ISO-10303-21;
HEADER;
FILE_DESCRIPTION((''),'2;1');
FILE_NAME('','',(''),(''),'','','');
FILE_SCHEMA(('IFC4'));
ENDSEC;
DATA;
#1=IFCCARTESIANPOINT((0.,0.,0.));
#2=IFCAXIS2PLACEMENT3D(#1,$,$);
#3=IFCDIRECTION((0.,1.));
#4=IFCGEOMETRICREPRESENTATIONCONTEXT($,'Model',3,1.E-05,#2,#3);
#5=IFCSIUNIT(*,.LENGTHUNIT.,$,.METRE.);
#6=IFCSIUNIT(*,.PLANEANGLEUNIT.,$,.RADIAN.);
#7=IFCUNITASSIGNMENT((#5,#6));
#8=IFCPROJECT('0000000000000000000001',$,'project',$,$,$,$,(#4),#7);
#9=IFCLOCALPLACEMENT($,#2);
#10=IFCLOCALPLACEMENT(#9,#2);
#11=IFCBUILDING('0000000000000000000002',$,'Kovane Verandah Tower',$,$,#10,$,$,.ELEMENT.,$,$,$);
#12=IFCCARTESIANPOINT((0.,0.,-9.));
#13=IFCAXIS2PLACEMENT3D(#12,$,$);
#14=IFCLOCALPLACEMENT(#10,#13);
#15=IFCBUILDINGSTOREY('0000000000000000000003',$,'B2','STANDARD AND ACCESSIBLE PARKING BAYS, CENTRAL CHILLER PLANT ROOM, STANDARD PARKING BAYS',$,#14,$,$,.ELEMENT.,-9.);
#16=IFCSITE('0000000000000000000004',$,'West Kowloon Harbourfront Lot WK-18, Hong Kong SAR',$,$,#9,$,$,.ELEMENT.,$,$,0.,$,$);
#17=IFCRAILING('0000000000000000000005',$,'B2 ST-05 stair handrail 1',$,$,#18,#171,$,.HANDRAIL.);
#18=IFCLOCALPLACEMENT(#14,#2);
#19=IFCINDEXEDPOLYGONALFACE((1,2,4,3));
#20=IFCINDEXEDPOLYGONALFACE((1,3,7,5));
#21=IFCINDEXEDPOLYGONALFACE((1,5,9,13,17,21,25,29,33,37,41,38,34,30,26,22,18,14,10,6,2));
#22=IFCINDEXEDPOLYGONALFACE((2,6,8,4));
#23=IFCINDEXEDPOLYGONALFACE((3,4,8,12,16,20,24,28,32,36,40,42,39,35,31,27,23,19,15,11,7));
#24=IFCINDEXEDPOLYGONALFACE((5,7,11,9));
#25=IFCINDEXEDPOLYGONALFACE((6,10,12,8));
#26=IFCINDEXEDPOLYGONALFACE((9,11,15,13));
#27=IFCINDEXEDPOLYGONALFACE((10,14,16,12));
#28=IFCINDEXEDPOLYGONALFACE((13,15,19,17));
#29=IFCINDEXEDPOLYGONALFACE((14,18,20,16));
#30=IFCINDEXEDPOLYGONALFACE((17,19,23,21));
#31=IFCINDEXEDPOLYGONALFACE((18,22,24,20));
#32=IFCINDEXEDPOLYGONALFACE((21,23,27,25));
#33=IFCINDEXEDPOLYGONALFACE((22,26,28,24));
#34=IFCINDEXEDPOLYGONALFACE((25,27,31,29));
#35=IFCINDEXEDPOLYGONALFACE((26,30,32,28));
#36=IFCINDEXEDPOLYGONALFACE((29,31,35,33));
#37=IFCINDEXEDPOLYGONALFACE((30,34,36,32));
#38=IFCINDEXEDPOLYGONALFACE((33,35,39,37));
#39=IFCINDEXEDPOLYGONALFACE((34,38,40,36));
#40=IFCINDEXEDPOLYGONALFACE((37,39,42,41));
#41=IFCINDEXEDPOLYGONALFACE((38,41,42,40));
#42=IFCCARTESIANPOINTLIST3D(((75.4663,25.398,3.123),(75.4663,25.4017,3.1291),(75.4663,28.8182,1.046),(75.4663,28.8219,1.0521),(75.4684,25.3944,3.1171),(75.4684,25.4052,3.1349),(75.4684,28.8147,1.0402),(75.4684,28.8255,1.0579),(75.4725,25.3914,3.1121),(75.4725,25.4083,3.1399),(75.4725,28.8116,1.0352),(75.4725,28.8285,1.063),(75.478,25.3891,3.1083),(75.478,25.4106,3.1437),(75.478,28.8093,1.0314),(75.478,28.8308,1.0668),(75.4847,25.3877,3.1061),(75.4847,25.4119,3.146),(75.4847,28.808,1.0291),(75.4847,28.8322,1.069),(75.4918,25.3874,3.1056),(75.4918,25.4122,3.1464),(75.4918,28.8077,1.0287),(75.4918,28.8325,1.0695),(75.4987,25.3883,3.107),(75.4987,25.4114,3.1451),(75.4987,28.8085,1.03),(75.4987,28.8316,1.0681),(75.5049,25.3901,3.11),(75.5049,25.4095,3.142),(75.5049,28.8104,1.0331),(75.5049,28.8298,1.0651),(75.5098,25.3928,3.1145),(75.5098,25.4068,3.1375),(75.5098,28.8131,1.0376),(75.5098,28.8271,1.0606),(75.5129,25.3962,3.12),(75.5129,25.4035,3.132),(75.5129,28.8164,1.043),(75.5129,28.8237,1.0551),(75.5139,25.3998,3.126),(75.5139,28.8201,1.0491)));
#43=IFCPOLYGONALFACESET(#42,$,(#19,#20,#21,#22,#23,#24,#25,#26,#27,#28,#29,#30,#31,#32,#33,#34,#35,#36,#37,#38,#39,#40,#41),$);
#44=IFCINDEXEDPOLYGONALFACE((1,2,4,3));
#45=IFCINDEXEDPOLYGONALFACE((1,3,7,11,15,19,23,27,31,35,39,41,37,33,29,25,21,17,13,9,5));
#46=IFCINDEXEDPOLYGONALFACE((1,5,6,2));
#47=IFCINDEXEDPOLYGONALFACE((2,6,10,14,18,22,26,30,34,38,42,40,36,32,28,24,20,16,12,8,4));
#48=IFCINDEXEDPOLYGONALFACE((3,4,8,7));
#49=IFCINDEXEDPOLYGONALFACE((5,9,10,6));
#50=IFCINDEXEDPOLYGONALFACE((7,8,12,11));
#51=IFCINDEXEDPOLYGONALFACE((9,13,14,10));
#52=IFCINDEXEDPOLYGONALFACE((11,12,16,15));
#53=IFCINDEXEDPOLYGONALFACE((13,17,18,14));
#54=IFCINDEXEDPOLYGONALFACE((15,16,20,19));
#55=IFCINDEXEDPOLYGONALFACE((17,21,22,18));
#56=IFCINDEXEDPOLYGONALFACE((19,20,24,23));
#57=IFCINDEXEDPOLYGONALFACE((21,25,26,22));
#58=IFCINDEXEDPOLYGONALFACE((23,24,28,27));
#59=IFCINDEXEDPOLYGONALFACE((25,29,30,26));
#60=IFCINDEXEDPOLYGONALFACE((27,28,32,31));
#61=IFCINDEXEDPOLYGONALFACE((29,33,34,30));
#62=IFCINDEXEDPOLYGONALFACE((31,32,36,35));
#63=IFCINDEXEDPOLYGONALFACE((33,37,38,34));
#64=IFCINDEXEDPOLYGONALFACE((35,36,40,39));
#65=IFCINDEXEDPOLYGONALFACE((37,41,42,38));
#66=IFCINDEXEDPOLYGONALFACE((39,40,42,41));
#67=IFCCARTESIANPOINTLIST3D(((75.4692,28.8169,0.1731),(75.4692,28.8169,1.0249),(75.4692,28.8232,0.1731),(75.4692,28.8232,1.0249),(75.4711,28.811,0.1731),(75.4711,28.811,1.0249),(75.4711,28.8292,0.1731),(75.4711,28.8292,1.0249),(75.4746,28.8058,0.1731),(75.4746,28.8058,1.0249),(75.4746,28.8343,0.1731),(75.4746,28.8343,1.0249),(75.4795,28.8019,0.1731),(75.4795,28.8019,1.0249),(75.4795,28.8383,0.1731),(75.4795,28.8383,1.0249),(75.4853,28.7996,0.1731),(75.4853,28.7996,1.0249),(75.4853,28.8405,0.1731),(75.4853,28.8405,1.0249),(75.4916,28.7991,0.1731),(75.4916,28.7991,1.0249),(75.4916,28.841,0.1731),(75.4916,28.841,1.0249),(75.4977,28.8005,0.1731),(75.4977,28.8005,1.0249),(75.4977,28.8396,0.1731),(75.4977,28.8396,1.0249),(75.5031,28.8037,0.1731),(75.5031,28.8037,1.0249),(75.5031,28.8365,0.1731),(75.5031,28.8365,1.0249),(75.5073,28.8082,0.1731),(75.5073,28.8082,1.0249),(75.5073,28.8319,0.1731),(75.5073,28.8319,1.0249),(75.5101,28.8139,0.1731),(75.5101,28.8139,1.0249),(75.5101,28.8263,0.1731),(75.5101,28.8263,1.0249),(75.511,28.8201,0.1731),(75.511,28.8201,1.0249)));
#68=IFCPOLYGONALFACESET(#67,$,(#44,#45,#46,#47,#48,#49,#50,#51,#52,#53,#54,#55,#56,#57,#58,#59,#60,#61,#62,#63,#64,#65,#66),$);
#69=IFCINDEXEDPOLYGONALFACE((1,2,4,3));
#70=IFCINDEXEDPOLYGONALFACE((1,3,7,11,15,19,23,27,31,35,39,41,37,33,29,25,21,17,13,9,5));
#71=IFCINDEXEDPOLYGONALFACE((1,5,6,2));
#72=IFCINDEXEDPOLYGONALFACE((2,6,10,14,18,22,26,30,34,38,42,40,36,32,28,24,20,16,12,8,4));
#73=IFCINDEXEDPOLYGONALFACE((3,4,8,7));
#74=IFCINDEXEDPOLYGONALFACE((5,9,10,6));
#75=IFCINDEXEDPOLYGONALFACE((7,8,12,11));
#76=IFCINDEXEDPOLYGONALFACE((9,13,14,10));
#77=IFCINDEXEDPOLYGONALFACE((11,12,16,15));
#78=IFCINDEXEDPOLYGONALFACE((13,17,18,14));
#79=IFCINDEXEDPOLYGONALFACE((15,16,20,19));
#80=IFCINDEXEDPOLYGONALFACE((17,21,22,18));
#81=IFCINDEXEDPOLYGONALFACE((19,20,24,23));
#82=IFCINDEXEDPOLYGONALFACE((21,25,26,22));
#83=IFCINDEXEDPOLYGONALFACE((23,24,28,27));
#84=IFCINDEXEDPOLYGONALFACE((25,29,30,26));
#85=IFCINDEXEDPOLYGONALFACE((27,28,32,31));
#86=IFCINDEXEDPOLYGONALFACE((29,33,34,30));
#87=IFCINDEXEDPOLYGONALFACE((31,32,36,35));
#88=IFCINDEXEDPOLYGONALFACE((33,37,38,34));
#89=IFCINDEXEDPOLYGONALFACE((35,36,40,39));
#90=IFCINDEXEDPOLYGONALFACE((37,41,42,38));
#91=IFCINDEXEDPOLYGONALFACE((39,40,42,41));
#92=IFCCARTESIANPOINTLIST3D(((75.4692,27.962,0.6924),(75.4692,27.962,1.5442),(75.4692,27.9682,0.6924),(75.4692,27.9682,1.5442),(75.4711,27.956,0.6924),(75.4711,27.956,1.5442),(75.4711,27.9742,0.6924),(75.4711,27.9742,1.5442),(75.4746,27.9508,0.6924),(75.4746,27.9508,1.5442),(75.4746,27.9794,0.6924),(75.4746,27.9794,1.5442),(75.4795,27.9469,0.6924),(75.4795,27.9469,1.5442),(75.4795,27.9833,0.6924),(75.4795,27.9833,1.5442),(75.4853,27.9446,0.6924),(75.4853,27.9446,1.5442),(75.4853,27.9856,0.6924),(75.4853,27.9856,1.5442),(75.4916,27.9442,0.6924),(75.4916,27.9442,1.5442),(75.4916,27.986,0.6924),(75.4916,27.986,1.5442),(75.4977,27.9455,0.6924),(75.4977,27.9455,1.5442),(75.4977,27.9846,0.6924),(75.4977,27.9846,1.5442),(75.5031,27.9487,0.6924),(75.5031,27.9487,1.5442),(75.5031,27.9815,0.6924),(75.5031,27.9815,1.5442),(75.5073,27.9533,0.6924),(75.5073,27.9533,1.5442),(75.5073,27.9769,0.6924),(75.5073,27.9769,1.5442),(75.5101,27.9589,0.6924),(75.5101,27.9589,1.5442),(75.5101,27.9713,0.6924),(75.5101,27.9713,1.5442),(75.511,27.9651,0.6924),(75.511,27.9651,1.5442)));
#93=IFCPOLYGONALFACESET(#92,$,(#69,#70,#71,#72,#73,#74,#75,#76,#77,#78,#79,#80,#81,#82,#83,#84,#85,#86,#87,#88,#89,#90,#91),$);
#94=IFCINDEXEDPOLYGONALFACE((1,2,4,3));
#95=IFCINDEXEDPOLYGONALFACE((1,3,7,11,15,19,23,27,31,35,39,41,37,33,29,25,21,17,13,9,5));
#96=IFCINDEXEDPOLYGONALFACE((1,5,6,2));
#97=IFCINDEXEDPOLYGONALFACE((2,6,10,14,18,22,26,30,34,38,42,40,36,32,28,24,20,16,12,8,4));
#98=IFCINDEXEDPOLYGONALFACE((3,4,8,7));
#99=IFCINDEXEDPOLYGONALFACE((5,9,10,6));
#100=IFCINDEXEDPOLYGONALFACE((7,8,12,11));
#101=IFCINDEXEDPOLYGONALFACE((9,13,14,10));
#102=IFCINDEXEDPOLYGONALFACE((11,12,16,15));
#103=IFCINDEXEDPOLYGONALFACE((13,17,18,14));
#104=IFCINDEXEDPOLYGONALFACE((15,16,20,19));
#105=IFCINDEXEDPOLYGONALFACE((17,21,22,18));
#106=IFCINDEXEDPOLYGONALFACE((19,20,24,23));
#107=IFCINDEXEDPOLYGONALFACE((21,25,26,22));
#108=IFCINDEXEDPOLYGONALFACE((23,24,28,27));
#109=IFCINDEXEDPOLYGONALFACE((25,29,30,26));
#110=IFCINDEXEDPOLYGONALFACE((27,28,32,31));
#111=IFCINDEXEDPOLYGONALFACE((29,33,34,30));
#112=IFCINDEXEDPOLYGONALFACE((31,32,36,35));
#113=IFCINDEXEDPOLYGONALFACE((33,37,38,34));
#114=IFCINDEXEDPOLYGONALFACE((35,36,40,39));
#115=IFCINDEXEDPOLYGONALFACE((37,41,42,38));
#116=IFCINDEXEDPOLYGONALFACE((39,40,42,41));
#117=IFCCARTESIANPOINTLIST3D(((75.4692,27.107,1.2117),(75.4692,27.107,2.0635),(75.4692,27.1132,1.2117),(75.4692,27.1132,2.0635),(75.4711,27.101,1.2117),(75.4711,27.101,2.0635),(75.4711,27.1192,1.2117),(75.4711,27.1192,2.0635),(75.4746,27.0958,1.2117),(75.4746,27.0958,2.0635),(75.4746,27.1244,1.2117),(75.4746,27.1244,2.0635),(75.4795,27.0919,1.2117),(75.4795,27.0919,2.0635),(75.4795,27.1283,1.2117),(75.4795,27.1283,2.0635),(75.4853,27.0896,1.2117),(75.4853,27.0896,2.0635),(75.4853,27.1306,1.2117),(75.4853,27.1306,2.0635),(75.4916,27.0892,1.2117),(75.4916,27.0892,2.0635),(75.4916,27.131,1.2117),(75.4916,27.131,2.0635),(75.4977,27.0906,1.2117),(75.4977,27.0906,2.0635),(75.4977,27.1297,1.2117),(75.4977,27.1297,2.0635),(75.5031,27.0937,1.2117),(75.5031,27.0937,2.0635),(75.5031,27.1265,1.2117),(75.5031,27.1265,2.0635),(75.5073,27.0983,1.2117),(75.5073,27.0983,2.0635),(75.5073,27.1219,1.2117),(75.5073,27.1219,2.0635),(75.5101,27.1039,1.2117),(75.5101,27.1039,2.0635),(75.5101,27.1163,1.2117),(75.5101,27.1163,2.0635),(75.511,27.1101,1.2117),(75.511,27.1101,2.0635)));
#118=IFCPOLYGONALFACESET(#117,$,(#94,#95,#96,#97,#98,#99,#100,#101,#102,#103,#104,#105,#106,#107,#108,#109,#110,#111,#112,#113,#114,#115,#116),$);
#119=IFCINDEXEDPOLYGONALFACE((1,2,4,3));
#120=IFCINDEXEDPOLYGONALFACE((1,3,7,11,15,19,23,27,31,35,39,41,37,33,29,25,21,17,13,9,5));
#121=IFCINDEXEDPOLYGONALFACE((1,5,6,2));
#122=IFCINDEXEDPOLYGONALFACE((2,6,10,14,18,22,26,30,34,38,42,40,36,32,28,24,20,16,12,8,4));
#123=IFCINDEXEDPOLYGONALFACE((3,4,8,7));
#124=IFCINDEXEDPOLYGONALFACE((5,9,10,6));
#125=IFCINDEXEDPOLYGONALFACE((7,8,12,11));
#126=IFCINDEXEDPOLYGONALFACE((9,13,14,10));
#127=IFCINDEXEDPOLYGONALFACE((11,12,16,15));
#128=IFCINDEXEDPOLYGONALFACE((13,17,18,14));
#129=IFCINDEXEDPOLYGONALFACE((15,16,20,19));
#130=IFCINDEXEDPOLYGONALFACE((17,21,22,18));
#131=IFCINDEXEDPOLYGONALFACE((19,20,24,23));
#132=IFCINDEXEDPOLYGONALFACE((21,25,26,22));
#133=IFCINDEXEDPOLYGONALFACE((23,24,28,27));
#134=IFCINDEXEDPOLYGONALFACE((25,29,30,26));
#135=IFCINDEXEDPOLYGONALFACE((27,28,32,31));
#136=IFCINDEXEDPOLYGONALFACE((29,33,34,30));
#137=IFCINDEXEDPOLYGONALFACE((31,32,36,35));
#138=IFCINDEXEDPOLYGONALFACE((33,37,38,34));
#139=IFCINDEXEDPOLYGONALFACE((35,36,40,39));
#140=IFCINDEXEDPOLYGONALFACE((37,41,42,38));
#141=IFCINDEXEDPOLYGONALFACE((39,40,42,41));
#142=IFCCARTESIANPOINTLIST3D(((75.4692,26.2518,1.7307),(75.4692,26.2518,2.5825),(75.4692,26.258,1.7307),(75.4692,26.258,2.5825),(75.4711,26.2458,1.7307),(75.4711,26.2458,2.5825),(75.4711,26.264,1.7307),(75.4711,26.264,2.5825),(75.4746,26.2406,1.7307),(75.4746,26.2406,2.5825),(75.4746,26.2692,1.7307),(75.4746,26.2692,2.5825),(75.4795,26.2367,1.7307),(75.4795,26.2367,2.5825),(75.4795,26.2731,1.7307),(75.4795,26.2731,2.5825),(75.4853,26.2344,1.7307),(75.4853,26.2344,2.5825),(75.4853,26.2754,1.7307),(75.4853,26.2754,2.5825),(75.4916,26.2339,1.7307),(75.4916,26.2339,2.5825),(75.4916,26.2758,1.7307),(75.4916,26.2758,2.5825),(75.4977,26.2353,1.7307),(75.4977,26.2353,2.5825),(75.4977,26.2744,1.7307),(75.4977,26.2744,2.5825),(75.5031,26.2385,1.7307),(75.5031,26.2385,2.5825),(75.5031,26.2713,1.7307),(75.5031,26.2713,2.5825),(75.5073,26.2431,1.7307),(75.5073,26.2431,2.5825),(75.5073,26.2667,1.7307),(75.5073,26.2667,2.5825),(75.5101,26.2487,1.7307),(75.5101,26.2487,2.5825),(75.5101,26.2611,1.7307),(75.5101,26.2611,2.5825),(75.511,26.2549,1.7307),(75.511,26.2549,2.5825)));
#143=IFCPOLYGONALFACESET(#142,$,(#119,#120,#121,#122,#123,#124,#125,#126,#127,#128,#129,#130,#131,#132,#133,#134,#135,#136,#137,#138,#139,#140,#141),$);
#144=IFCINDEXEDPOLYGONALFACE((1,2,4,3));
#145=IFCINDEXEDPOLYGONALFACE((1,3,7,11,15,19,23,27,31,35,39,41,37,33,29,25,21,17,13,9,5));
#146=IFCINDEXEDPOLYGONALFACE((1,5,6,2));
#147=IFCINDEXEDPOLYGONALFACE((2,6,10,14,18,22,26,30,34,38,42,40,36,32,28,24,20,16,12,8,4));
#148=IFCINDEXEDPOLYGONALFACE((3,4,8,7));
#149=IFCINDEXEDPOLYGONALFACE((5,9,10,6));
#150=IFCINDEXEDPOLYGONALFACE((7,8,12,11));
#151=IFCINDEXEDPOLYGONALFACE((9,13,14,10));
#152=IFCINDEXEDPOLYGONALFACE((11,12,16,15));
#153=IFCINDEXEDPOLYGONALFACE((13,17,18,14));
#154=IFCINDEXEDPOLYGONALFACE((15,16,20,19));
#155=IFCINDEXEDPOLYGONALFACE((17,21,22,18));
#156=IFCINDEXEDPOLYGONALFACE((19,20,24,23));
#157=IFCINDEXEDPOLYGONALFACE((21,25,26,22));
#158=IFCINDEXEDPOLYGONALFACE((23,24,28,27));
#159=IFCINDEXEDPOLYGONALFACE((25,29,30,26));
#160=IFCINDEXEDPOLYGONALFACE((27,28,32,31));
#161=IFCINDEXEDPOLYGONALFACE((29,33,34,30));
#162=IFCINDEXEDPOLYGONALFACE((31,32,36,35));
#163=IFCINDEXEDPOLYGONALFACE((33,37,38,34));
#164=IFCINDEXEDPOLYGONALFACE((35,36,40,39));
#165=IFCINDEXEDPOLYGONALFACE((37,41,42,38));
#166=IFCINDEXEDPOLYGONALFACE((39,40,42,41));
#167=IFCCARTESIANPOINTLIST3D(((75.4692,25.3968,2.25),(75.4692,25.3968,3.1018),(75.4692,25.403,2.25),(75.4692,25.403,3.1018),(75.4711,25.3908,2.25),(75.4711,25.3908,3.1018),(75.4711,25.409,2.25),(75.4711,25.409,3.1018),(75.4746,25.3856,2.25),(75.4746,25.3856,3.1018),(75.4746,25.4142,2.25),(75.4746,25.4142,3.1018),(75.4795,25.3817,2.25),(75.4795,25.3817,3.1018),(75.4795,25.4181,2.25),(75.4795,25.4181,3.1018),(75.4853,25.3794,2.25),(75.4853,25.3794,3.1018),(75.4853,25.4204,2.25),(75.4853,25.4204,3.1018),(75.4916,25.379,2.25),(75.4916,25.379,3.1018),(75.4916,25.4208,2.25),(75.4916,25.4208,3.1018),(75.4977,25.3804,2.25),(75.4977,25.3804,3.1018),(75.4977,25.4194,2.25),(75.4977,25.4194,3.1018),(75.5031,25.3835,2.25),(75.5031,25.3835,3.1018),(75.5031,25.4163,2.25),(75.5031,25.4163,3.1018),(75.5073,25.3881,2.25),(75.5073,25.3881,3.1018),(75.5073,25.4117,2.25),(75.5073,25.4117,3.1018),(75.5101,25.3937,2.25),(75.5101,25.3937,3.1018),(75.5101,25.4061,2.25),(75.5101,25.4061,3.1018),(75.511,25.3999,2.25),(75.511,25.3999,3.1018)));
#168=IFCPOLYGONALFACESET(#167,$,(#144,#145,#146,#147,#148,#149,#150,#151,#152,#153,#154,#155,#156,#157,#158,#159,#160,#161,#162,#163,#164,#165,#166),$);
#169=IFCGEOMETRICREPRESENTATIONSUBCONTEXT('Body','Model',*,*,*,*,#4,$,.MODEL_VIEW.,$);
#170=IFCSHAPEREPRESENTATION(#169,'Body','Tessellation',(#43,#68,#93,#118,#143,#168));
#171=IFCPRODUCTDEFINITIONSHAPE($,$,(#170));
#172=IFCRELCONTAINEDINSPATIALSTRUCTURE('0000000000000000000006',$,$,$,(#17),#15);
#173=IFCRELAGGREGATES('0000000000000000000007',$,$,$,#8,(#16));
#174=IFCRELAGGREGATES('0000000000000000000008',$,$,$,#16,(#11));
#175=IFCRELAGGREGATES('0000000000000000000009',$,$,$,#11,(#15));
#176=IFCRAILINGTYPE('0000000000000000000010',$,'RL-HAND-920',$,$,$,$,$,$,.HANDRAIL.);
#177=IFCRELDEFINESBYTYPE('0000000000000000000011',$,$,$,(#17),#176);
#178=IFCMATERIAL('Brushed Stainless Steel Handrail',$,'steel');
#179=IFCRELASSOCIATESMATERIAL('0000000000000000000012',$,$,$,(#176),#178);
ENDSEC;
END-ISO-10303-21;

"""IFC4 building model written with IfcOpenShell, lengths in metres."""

from ifc_helpers import new_model, si_unit, direction, frame, origin, origin_2d, place, context, subcontext, project, spatial, circle, extrude, material, type_object, element, save


model = new_model("IFC4")

# Units and contexts
model_context = context("Model", 3, precision=1e-05, world=origin(), true_north=direction((0.0, 1.0)))
body_context = subcontext(model_context, "Body", "Model", "MODEL_VIEW")
ifc_project = project(units=[si_unit("LENGTHUNIT", "METRE"), si_unit("PLANEANGLEUNIT", "RADIAN")], contexts=[model_context])

# Site, building, storey
site_placement = place(None, origin())
site = spatial("IfcSite", under=ifc_project, at=site_placement, Name="West Kowloon Harbourfront Lot WK-18, Hong Kong SAR", CompositionType="ELEMENT", RefElevation=0.0)
building_placement = place(site_placement, origin())
building = spatial("IfcBuilding", under=site, at=building_placement, Name="Kovane Verandah Tower", CompositionType="ELEMENT")
storey_placement = place(building_placement, frame((0.0, 0.0, -9.0)))
storey = spatial("IfcBuildingStorey", under=building, at=storey_placement, Name="B2", Description="STANDARD AND ACCESSIBLE PARKING BAYS, CENTRAL CHILLER PLANT ROOM, STANDARD PARKING BAYS", CompositionType="ELEMENT", Elevation=-9.0)

# Railing
ifc_material_1 = material(Name="Brushed Stainless Steel Handrail", Category="steel")
railing_type_1 = type_object("IfcRailingType", Name="RL-HAND-920", PredefinedType="HANDRAIL", material=ifc_material_1)
railing_1_placement = place(storey_placement, frame((75.49, 28.8201, 0.1731)))
element("IfcRailing", 1, at=railing_1_placement, inside=storey, type_object=railing_type_1, Name="B2 ST-05 stair handrail 1", PredefinedType="HANDRAIL", context=body_context, shape_type="SweptSolid", body=[
    extrude(circle(Radius=0.0239, at=origin_2d()), frame((0.0, 0.0, 0.876), z_axis=(0.0, -0.854746, 0.519047), x_axis=(1.0, 0.0, 0.0)), (0.0, 0.0, 1.0), 4.0015),
    extrude(circle(Radius=0.021, at=origin_2d()), origin(), (0.0, 0.0, 1.0), 0.8518),
    extrude(circle(Radius=0.021, at=origin_2d()), frame((0.0, -0.855, 0.5193)), (0.0, 0.0, 1.0), 0.8518),
    extrude(circle(Radius=0.021, at=origin_2d()), frame((0.0, -1.71, 1.0386)), (0.0, 0.0, 1.0), 0.8518),
    extrude(circle(Radius=0.021, at=origin_2d()), frame((0.0, -2.5652, 1.5576)), (0.0, 0.0, 1.0), 0.8518),
    extrude(circle(Radius=0.021, at=origin_2d()), frame((0.0, -3.4202, 2.0769)), (0.0, 0.0, 1.0), 0.8518),
])

save(model, "model.ifc")
